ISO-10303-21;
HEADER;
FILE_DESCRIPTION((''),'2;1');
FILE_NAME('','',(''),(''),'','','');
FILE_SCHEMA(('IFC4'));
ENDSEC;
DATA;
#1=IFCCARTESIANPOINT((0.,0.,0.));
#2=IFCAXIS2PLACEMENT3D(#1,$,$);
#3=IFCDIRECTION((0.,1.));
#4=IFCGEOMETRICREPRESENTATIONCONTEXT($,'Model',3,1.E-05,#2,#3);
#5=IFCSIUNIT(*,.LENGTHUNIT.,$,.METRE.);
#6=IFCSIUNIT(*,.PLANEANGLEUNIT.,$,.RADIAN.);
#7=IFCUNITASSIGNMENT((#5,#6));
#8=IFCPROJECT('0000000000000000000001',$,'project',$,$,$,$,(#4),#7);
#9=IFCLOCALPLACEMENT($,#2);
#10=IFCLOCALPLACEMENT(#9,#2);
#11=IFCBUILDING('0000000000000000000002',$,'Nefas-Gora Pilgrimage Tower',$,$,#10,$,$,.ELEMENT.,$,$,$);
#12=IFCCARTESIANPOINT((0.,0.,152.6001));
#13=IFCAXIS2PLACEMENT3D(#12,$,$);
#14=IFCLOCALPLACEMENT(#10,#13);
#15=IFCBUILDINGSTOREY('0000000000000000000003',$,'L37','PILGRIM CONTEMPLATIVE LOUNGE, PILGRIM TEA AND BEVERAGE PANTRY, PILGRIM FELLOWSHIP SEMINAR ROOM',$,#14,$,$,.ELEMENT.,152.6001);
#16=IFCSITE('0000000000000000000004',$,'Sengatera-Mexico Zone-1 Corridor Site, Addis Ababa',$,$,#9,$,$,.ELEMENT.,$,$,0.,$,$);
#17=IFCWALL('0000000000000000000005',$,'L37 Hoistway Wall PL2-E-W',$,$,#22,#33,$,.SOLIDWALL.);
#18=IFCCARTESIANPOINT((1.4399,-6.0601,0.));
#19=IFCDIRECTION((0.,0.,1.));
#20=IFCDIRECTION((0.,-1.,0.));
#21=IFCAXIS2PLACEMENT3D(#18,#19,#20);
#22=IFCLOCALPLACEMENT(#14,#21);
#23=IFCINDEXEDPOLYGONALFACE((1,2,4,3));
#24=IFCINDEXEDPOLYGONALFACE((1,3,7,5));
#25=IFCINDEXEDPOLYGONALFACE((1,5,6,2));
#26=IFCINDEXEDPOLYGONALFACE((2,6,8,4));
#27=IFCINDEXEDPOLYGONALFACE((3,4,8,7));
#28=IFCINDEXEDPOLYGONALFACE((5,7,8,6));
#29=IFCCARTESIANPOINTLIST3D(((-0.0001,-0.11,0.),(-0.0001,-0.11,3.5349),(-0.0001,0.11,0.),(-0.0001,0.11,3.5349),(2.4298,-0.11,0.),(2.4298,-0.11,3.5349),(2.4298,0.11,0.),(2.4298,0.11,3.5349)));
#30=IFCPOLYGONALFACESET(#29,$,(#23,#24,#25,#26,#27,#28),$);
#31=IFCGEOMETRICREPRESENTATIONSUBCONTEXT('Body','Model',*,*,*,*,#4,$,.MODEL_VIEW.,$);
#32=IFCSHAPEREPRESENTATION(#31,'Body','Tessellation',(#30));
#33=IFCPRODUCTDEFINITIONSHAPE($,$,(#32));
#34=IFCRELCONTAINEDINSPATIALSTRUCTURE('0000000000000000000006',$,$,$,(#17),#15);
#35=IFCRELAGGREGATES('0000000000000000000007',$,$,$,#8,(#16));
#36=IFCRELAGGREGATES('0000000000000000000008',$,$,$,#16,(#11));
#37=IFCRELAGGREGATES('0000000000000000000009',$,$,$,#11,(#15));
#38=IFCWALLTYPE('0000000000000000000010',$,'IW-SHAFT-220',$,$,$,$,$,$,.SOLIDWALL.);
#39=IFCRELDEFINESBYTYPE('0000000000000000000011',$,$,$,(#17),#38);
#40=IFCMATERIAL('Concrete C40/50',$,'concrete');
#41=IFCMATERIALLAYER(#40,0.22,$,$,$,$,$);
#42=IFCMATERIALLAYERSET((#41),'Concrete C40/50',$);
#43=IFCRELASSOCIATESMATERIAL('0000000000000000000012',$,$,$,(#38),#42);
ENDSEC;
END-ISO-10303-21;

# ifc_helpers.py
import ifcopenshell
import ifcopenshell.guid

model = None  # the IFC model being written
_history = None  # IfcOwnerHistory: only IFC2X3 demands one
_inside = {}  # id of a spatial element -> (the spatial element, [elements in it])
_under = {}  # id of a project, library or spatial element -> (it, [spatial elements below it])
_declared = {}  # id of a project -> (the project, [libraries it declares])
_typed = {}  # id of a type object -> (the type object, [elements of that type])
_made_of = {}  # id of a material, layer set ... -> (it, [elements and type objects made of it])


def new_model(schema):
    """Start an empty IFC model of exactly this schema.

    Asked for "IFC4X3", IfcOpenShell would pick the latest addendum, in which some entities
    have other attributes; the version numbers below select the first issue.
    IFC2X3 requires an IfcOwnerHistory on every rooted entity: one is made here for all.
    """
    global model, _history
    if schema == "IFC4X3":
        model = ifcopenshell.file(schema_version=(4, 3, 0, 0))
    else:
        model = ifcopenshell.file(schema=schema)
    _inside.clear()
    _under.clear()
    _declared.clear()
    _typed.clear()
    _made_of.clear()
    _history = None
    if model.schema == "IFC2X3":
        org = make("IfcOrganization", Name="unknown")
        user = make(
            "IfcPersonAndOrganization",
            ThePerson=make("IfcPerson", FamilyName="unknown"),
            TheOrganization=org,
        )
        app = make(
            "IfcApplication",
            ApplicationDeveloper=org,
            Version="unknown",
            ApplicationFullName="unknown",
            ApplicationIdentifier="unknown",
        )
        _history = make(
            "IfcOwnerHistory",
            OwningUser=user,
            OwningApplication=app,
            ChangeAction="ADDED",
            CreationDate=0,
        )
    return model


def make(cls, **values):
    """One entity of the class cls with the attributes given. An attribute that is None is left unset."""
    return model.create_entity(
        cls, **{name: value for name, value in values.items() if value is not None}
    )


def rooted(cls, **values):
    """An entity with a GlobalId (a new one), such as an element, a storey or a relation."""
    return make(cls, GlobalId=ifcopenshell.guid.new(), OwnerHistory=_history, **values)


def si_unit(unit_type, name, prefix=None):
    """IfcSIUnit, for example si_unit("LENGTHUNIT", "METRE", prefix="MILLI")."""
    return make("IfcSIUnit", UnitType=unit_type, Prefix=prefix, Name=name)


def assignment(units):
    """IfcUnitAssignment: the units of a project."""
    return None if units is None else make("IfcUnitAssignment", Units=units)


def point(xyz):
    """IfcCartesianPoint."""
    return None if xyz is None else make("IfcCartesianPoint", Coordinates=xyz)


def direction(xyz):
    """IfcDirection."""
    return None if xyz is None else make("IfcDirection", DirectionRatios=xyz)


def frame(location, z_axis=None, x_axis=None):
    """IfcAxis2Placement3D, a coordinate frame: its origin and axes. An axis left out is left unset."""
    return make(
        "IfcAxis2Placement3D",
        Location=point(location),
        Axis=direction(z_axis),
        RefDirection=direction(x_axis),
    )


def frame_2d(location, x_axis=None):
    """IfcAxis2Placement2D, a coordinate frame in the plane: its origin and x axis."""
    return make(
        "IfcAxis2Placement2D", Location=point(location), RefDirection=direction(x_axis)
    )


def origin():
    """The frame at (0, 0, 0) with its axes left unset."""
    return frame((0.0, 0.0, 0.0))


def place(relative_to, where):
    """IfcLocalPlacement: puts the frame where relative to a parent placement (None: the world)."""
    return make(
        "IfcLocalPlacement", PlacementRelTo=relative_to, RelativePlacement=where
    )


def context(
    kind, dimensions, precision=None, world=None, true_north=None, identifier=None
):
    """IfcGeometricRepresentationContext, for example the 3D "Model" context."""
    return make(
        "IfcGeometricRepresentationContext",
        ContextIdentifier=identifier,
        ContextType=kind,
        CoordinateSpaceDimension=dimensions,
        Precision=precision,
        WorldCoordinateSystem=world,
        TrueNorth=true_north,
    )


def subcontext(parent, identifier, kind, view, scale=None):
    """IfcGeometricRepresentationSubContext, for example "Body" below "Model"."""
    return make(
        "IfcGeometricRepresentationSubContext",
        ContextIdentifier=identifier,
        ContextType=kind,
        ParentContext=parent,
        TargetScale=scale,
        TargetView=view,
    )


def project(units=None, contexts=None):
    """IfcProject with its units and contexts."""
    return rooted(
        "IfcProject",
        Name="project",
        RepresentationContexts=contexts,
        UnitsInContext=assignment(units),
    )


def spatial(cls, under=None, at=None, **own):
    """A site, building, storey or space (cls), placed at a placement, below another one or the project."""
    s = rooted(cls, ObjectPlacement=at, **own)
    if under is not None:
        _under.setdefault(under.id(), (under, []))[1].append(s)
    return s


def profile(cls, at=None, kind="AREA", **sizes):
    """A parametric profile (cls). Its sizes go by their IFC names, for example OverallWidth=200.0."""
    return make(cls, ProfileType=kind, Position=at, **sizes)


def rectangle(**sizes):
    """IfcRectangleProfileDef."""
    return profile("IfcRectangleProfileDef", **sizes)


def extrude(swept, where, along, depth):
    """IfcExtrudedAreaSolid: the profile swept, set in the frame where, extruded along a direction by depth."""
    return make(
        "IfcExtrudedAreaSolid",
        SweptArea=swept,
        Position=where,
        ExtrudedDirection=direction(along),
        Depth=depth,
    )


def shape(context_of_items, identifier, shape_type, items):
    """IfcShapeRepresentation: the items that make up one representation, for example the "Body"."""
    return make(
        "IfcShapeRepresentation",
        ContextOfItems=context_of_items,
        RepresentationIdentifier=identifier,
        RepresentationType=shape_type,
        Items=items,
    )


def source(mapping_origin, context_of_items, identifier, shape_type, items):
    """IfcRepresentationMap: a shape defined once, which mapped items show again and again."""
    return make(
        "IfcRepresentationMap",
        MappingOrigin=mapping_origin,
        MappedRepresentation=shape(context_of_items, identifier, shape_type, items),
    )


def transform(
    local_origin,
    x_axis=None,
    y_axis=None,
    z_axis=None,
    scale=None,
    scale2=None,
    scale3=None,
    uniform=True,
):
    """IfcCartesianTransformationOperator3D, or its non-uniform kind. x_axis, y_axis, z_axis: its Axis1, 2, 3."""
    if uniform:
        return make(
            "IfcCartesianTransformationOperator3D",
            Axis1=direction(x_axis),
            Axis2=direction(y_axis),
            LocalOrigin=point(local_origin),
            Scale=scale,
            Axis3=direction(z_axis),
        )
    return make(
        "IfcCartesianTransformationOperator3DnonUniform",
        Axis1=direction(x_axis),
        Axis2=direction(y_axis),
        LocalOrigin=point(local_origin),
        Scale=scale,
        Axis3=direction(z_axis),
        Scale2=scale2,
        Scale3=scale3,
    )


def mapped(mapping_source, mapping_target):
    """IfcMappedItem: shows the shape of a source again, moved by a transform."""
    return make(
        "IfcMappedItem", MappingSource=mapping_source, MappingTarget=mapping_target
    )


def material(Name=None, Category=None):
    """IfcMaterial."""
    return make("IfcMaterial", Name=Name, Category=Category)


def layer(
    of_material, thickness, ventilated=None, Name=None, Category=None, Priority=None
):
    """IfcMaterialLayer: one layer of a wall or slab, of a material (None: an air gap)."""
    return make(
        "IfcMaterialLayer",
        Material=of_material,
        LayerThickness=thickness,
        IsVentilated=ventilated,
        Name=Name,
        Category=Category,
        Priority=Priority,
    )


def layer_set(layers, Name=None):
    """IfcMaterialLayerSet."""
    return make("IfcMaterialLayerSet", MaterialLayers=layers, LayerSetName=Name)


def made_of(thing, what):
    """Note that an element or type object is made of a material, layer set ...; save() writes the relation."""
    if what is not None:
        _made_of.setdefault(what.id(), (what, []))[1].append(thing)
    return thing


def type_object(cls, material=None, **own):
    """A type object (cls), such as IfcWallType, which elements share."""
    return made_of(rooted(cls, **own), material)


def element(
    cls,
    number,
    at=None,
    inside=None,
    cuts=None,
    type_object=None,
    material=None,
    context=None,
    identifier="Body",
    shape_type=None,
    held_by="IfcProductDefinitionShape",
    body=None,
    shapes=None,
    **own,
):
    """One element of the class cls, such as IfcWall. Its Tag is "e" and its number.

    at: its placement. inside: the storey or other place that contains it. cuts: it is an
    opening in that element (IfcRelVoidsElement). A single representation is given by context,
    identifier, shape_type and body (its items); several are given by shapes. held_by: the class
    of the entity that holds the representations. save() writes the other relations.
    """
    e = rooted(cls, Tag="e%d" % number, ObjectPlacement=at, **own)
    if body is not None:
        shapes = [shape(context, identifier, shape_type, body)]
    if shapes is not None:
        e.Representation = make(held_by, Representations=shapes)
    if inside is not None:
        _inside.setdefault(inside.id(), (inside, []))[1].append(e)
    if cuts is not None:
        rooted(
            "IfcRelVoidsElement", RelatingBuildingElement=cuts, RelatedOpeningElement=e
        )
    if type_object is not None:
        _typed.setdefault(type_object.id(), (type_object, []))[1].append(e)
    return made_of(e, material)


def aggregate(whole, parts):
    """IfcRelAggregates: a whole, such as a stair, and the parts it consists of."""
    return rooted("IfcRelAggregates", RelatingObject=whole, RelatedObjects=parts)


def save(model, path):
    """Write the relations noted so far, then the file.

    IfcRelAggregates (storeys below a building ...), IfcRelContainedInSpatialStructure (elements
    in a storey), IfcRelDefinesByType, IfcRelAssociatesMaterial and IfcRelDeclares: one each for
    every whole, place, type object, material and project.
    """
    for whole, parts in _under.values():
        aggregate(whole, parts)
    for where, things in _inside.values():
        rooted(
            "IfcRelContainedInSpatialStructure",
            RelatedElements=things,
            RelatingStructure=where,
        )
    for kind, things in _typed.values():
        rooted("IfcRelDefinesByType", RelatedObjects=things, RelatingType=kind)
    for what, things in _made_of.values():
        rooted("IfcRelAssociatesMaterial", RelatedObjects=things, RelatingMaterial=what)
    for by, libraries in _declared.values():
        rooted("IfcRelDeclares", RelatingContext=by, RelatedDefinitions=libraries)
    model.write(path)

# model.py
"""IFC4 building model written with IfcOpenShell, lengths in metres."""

from ifc_helpers import new_model, si_unit, direction, frame, frame_2d, origin, place, context, subcontext, project, spatial, rectangle, extrude, source, transform, mapped, material, layer, layer_set, type_object, element, save


model = new_model("IFC4")

# Units and contexts
model_context = context("Model", 3, precision=1e-05, world=origin(), true_north=direction((0.0, 1.0)))
body_context = subcontext(model_context, "Body", "Model", "MODEL_VIEW")
ifc_project = project(units=[si_unit("LENGTHUNIT", "METRE"), si_unit("PLANEANGLEUNIT", "RADIAN")], contexts=[model_context])

# Site, building, storey
site_placement = place(None, origin())
site = spatial("IfcSite", under=ifc_project, at=site_placement, Name="Sengatera-Mexico Zone-1 Corridor Site, Addis Ababa", CompositionType="ELEMENT", RefElevation=0.0)
building_placement = place(site_placement, origin())
building = spatial("IfcBuilding", under=site, at=building_placement, Name="Nefas-Gora Pilgrimage Tower", CompositionType="ELEMENT")
storey_placement = place(building_placement, frame((0.0, 0.0, 152.6001)))
storey = spatial("IfcBuildingStorey", under=building, at=storey_placement, Name="L37", Description="PILGRIM CONTEMPLATIVE LOUNGE, PILGRIM TEA AND BEVERAGE PANTRY, PILGRIM FELLOWSHIP SEMINAR ROOM", CompositionType="ELEMENT", Elevation=152.6001)

# Shared definitions
ifc_material_1 = material(Name="Concrete C40/50", Category="concrete")
ifc_layer_1 = layer(ifc_material_1, 0.22)
ifc_layer_set_1 = layer_set([ifc_layer_1], Name="Concrete C40/50")
wall_type_1 = type_object("IfcWallType", Name="IW-SHAFT-220", PredefinedType="SOLIDWALL", material=ifc_layer_set_1)

# Wall
shared_shape_1 = source(origin(), body_context, "Body", "SweptSolid", [
    extrude(rectangle(XDim=2.4299, YDim=0.22, at=frame_2d((1.2148, 0.0))), origin(), (0.0, 0.0, 1.0), 3.5349),
])
for number, where, z_axis, x_axis, name in (
    (1, (1.4399, -6.0601, 0.0), (0.0, 0.0, 1.0), (0.0, -1.0, 0.0), "L37 Hoistway Wall PL2-E-W"),
):
    element("IfcWall", number, at=place(storey_placement, frame(where, z_axis=z_axis, x_axis=x_axis)), inside=storey, type_object=wall_type_1, Name=name, PredefinedType="SOLIDWALL", context=body_context, shape_type="MappedRepresentation", body=[
        mapped(shared_shape_1, transform((0.0, 0.0, 0.0), x_axis=(1.0, 0.0, 0.0), y_axis=(0.0, 1.0, 0.0), z_axis=(0.0, 0.0, 1.0), scale=1.0)),
    ])

save(model, "model.ifc")
